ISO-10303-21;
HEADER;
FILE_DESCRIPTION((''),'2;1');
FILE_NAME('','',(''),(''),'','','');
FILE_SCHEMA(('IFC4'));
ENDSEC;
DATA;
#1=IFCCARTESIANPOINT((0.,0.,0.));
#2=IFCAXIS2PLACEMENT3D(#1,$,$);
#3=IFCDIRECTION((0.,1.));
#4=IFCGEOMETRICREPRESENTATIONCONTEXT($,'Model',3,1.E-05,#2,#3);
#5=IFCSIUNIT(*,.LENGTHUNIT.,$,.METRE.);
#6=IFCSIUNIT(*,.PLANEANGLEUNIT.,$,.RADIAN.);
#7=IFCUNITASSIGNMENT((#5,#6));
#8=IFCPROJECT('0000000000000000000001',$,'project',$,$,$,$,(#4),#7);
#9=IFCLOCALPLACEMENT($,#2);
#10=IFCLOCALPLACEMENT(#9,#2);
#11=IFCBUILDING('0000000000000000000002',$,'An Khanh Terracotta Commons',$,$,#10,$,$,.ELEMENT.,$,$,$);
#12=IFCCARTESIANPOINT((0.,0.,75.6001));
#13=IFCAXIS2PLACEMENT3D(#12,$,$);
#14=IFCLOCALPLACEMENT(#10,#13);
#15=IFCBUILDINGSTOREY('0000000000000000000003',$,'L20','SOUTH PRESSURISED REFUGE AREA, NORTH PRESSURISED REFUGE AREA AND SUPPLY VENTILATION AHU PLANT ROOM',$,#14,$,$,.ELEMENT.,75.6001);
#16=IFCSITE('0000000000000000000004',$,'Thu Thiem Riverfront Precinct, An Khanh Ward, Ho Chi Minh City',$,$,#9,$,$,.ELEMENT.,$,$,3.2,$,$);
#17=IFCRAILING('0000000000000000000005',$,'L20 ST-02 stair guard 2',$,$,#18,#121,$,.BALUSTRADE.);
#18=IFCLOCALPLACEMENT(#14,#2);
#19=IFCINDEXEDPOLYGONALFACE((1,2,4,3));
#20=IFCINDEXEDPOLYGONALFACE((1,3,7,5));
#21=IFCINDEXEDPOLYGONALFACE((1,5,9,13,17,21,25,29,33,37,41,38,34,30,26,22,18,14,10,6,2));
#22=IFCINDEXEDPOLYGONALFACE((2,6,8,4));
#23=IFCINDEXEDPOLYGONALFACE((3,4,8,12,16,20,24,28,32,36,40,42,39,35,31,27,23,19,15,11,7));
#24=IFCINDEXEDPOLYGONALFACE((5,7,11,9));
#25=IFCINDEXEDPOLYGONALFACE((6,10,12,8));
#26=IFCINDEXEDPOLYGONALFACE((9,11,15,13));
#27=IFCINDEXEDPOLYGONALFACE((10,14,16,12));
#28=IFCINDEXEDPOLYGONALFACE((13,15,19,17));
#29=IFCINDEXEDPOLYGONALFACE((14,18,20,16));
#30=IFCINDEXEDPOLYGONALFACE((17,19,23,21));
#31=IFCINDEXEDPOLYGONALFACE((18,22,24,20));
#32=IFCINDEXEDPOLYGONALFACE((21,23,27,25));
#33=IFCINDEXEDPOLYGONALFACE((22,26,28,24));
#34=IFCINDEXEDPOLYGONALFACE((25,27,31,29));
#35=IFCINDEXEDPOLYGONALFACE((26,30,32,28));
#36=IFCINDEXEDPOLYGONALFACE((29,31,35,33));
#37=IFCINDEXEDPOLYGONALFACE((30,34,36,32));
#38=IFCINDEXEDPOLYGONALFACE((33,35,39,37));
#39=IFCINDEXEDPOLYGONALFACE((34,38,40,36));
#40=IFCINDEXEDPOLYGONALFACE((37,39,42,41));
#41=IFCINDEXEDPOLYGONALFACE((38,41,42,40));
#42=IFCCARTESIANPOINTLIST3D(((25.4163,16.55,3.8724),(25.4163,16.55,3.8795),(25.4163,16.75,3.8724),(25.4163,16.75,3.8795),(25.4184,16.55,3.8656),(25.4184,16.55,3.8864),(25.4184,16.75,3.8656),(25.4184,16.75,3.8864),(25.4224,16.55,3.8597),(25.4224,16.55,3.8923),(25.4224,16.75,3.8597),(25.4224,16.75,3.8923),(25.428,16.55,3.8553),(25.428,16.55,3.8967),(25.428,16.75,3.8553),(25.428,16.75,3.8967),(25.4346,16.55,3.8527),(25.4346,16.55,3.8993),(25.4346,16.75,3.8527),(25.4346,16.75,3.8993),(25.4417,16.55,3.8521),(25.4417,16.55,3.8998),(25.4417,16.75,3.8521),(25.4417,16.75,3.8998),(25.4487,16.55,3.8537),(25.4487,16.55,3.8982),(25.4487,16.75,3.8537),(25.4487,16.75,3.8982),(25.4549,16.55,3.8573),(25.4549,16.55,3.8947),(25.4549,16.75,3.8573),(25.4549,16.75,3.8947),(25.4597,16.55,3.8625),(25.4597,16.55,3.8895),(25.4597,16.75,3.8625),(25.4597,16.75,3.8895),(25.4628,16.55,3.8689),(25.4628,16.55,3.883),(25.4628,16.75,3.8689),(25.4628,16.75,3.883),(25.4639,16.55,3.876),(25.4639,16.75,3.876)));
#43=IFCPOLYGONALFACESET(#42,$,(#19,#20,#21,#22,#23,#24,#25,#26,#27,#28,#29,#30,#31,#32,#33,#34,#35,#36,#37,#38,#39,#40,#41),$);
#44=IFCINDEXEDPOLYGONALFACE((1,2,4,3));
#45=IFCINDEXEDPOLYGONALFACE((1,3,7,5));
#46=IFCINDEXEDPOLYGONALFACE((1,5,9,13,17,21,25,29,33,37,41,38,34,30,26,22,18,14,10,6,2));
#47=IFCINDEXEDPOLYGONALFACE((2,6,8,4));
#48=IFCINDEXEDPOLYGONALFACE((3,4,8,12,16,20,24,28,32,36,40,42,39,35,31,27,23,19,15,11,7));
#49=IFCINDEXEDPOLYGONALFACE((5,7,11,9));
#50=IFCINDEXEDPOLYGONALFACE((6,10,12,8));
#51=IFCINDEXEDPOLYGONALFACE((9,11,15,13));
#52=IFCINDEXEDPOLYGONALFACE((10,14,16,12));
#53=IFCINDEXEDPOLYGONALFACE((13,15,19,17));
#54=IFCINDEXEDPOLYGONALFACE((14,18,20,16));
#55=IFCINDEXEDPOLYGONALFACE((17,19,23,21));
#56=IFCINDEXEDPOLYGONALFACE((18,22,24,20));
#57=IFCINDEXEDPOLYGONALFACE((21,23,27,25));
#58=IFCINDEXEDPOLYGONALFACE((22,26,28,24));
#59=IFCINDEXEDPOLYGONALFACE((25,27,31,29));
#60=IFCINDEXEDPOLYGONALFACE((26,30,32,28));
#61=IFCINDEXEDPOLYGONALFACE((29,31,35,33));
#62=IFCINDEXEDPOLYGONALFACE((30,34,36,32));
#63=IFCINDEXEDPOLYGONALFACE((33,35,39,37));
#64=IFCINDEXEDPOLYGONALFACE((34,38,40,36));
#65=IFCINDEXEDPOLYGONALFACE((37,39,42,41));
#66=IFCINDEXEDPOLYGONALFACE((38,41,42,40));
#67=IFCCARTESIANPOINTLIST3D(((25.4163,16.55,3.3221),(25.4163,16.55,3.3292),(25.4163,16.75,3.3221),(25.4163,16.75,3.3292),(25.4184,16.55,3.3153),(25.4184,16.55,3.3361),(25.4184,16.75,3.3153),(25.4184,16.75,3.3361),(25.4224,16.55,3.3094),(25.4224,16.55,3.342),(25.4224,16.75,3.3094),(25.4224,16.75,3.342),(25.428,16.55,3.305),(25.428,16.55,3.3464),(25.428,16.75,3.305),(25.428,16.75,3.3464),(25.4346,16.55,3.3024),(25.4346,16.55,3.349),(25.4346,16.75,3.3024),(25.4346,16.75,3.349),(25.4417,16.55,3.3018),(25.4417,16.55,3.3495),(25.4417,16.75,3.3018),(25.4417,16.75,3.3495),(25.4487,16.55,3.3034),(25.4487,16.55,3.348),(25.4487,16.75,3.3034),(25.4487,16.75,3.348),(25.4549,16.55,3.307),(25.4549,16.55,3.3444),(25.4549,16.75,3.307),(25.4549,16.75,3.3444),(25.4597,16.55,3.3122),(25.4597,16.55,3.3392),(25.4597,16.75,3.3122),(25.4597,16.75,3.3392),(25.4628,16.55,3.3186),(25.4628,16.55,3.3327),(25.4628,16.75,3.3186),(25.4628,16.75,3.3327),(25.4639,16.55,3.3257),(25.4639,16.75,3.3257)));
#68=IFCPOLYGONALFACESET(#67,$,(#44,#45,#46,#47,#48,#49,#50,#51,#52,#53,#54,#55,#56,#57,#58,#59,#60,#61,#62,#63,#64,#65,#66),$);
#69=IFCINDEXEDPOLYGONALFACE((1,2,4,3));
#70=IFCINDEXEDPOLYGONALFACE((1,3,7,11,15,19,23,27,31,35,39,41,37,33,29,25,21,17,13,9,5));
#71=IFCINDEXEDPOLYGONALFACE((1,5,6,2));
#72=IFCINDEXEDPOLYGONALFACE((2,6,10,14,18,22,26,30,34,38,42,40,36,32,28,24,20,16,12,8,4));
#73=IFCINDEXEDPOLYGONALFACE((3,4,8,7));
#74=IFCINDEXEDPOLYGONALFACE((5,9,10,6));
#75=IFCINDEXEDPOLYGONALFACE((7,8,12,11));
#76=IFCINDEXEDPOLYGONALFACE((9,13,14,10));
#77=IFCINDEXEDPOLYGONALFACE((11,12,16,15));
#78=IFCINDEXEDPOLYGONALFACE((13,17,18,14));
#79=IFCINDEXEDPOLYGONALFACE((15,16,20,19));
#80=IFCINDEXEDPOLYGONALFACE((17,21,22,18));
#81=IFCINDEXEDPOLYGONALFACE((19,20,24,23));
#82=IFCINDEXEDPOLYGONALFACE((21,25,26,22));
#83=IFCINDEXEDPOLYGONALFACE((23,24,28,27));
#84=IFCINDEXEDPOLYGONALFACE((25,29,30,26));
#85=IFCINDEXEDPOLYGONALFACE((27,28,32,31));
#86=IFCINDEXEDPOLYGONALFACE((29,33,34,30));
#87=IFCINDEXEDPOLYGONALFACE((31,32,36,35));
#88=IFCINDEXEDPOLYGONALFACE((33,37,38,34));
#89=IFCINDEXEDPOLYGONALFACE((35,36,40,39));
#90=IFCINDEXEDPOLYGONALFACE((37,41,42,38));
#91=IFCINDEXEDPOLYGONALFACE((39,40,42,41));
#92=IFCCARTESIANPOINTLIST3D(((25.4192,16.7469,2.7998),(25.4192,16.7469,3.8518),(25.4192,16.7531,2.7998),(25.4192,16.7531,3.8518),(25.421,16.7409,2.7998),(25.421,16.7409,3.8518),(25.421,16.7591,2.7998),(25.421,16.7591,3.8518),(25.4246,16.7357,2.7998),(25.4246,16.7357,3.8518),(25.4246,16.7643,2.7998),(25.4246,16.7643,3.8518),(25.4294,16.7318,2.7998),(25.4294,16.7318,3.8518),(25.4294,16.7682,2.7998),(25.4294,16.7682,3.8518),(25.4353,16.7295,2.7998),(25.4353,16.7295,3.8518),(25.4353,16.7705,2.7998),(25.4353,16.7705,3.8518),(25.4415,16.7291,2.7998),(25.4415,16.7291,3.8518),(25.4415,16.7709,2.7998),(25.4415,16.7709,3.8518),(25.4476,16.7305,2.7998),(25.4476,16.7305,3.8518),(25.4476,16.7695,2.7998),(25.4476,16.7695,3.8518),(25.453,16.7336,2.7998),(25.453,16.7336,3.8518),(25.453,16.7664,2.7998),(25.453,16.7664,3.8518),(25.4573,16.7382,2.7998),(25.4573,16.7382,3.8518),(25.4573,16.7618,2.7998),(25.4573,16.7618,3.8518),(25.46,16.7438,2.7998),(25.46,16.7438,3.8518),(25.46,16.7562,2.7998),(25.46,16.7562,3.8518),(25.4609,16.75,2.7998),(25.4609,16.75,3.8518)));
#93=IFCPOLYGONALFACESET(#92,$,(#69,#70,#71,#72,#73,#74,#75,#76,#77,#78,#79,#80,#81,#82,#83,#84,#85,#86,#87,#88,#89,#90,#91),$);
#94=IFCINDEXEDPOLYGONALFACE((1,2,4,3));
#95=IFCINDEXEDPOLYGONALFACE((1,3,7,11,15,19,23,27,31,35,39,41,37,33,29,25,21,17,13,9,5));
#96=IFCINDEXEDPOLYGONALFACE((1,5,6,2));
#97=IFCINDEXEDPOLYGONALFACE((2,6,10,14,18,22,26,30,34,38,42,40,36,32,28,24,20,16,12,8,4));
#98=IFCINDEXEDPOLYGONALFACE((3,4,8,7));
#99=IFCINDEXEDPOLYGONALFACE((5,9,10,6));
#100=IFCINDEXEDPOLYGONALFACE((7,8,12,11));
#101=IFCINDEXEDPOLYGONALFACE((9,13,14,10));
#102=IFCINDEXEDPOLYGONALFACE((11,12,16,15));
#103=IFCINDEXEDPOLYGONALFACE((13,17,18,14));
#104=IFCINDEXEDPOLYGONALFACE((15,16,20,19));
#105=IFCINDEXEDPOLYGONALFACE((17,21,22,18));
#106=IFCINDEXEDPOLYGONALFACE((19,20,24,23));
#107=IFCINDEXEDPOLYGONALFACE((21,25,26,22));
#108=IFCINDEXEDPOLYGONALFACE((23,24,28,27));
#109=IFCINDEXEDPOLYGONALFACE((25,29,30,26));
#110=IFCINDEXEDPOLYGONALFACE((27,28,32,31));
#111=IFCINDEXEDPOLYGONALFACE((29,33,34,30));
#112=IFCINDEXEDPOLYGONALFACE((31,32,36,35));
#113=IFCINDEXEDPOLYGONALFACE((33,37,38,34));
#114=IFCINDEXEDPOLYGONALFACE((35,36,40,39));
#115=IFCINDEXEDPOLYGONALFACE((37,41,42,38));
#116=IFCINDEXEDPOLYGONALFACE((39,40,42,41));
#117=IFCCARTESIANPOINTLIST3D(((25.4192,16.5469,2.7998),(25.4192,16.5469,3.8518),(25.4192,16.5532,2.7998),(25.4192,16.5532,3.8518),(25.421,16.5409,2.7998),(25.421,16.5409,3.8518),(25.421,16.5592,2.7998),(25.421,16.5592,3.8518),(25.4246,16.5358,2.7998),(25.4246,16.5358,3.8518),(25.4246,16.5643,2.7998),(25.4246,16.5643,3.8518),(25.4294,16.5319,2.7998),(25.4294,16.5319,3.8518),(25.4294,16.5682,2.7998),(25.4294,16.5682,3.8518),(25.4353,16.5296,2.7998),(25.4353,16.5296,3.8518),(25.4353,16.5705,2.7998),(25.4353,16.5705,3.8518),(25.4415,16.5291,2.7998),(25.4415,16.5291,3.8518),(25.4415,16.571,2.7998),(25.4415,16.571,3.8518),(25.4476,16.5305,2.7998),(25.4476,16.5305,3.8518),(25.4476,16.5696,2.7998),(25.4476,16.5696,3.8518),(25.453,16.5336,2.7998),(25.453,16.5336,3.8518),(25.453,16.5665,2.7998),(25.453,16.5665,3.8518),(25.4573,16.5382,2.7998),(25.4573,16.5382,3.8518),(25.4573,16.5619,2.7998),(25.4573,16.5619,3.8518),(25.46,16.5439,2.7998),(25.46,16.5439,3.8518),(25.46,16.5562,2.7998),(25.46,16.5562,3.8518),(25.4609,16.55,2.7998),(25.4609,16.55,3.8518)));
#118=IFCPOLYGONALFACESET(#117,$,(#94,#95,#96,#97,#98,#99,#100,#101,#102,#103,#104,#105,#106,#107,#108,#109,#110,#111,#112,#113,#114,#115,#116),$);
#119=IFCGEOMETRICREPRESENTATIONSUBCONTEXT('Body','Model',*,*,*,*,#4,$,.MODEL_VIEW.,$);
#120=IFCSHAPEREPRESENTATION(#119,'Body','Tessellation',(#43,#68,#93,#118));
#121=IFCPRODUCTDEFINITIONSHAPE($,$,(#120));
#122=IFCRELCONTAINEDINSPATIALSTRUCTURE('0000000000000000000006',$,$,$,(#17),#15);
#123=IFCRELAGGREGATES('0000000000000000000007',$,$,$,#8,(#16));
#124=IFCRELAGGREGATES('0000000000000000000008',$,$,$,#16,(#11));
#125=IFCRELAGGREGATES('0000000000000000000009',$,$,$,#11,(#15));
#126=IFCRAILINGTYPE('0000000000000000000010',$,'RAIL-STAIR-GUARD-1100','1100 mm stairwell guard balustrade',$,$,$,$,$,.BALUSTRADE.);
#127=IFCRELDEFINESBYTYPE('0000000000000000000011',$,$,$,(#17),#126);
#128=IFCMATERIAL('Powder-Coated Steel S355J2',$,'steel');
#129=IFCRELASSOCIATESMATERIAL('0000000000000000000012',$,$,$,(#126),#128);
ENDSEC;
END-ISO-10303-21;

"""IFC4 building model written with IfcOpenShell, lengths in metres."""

from ifc_helpers import new_model, si_unit, direction, frame, origin, origin_2d, place, context, subcontext, project, spatial, circle, extrude, material, type_object, element, save


model = new_model("IFC4")

# Units and contexts
model_context = context("Model", 3, precision=1e-05, world=origin(), true_north=direction((0.0, 1.0)))
body_context = subcontext(model_context, "Body", "Model", "MODEL_VIEW")
ifc_project = project(units=[si_unit("LENGTHUNIT", "METRE"), si_unit("PLANEANGLEUNIT", "RADIAN")], contexts=[model_context])

# Site, building, storey
site_placement = place(None, origin())
site = spatial("IfcSite", under=ifc_project, at=site_placement, Name="Thu Thiem Riverfront Precinct, An Khanh Ward, Ho Chi Minh City", CompositionType="ELEMENT", RefElevation=3.2)
building_placement = place(site_placement, origin())
building = spatial("IfcBuilding", under=site, at=building_placement, Name="An Khanh Terracotta Commons", CompositionType="ELEMENT")
storey_placement = place(building_placement, frame((0.0, 0.0, 75.6001)))
storey = spatial("IfcBuildingStorey", under=building, at=storey_placement, Name="L20", Description="SOUTH PRESSURISED REFUGE AREA, NORTH PRESSURISED REFUGE AREA AND SUPPLY VENTILATION AHU PLANT ROOM", CompositionType="ELEMENT", Elevation=75.6001)

# Railing
ifc_material_1 = material(Name="Powder-Coated Steel S355J2", Category="steel")
railing_type_1 = type_object("IfcRailingType", Name="RAIL-STAIR-GUARD-1100", Description="1100 mm stairwell guard balustrade", PredefinedType="BALUSTRADE", material=ifc_material_1)
railing_1_placement = place(storey_placement, frame((25.4399, 16.75, 2.7998)))
element("IfcRailing", 1, at=railing_1_placement, inside=storey, type_object=railing_type_1, Name="L20 ST-02 stair guard 2", PredefinedType="BALUSTRADE", context=body_context, shape_type="SweptSolid", body=[
    extrude(circle(Radius=0.0239, at=origin_2d()), frame((0.0, 0.0, 1.0762), z_axis=(0.0, -1.0, 0.0), x_axis=(1.0, 0.0, 0.0)), (0.0, 0.0, 1.0), 0.2),
    extrude(circle(Radius=0.0239, at=origin_2d()), frame((0.0, 0.0, 0.5259), z_axis=(0.0, -1.0, 0.0), x_axis=(1.0, 0.0, 0.0)), (0.0, 0.0, 1.0), 0.2),
    extrude(circle(Radius=0.021, at=origin_2d()), origin(), (0.0, 0.0, 1.0), 1.052),
    extrude(circle(Radius=0.021, at=origin_2d()), frame((0.0, -0.2, 0.0)), (0.0, 0.0, 1.0), 1.052),
])

save(model, "model.ifc")
